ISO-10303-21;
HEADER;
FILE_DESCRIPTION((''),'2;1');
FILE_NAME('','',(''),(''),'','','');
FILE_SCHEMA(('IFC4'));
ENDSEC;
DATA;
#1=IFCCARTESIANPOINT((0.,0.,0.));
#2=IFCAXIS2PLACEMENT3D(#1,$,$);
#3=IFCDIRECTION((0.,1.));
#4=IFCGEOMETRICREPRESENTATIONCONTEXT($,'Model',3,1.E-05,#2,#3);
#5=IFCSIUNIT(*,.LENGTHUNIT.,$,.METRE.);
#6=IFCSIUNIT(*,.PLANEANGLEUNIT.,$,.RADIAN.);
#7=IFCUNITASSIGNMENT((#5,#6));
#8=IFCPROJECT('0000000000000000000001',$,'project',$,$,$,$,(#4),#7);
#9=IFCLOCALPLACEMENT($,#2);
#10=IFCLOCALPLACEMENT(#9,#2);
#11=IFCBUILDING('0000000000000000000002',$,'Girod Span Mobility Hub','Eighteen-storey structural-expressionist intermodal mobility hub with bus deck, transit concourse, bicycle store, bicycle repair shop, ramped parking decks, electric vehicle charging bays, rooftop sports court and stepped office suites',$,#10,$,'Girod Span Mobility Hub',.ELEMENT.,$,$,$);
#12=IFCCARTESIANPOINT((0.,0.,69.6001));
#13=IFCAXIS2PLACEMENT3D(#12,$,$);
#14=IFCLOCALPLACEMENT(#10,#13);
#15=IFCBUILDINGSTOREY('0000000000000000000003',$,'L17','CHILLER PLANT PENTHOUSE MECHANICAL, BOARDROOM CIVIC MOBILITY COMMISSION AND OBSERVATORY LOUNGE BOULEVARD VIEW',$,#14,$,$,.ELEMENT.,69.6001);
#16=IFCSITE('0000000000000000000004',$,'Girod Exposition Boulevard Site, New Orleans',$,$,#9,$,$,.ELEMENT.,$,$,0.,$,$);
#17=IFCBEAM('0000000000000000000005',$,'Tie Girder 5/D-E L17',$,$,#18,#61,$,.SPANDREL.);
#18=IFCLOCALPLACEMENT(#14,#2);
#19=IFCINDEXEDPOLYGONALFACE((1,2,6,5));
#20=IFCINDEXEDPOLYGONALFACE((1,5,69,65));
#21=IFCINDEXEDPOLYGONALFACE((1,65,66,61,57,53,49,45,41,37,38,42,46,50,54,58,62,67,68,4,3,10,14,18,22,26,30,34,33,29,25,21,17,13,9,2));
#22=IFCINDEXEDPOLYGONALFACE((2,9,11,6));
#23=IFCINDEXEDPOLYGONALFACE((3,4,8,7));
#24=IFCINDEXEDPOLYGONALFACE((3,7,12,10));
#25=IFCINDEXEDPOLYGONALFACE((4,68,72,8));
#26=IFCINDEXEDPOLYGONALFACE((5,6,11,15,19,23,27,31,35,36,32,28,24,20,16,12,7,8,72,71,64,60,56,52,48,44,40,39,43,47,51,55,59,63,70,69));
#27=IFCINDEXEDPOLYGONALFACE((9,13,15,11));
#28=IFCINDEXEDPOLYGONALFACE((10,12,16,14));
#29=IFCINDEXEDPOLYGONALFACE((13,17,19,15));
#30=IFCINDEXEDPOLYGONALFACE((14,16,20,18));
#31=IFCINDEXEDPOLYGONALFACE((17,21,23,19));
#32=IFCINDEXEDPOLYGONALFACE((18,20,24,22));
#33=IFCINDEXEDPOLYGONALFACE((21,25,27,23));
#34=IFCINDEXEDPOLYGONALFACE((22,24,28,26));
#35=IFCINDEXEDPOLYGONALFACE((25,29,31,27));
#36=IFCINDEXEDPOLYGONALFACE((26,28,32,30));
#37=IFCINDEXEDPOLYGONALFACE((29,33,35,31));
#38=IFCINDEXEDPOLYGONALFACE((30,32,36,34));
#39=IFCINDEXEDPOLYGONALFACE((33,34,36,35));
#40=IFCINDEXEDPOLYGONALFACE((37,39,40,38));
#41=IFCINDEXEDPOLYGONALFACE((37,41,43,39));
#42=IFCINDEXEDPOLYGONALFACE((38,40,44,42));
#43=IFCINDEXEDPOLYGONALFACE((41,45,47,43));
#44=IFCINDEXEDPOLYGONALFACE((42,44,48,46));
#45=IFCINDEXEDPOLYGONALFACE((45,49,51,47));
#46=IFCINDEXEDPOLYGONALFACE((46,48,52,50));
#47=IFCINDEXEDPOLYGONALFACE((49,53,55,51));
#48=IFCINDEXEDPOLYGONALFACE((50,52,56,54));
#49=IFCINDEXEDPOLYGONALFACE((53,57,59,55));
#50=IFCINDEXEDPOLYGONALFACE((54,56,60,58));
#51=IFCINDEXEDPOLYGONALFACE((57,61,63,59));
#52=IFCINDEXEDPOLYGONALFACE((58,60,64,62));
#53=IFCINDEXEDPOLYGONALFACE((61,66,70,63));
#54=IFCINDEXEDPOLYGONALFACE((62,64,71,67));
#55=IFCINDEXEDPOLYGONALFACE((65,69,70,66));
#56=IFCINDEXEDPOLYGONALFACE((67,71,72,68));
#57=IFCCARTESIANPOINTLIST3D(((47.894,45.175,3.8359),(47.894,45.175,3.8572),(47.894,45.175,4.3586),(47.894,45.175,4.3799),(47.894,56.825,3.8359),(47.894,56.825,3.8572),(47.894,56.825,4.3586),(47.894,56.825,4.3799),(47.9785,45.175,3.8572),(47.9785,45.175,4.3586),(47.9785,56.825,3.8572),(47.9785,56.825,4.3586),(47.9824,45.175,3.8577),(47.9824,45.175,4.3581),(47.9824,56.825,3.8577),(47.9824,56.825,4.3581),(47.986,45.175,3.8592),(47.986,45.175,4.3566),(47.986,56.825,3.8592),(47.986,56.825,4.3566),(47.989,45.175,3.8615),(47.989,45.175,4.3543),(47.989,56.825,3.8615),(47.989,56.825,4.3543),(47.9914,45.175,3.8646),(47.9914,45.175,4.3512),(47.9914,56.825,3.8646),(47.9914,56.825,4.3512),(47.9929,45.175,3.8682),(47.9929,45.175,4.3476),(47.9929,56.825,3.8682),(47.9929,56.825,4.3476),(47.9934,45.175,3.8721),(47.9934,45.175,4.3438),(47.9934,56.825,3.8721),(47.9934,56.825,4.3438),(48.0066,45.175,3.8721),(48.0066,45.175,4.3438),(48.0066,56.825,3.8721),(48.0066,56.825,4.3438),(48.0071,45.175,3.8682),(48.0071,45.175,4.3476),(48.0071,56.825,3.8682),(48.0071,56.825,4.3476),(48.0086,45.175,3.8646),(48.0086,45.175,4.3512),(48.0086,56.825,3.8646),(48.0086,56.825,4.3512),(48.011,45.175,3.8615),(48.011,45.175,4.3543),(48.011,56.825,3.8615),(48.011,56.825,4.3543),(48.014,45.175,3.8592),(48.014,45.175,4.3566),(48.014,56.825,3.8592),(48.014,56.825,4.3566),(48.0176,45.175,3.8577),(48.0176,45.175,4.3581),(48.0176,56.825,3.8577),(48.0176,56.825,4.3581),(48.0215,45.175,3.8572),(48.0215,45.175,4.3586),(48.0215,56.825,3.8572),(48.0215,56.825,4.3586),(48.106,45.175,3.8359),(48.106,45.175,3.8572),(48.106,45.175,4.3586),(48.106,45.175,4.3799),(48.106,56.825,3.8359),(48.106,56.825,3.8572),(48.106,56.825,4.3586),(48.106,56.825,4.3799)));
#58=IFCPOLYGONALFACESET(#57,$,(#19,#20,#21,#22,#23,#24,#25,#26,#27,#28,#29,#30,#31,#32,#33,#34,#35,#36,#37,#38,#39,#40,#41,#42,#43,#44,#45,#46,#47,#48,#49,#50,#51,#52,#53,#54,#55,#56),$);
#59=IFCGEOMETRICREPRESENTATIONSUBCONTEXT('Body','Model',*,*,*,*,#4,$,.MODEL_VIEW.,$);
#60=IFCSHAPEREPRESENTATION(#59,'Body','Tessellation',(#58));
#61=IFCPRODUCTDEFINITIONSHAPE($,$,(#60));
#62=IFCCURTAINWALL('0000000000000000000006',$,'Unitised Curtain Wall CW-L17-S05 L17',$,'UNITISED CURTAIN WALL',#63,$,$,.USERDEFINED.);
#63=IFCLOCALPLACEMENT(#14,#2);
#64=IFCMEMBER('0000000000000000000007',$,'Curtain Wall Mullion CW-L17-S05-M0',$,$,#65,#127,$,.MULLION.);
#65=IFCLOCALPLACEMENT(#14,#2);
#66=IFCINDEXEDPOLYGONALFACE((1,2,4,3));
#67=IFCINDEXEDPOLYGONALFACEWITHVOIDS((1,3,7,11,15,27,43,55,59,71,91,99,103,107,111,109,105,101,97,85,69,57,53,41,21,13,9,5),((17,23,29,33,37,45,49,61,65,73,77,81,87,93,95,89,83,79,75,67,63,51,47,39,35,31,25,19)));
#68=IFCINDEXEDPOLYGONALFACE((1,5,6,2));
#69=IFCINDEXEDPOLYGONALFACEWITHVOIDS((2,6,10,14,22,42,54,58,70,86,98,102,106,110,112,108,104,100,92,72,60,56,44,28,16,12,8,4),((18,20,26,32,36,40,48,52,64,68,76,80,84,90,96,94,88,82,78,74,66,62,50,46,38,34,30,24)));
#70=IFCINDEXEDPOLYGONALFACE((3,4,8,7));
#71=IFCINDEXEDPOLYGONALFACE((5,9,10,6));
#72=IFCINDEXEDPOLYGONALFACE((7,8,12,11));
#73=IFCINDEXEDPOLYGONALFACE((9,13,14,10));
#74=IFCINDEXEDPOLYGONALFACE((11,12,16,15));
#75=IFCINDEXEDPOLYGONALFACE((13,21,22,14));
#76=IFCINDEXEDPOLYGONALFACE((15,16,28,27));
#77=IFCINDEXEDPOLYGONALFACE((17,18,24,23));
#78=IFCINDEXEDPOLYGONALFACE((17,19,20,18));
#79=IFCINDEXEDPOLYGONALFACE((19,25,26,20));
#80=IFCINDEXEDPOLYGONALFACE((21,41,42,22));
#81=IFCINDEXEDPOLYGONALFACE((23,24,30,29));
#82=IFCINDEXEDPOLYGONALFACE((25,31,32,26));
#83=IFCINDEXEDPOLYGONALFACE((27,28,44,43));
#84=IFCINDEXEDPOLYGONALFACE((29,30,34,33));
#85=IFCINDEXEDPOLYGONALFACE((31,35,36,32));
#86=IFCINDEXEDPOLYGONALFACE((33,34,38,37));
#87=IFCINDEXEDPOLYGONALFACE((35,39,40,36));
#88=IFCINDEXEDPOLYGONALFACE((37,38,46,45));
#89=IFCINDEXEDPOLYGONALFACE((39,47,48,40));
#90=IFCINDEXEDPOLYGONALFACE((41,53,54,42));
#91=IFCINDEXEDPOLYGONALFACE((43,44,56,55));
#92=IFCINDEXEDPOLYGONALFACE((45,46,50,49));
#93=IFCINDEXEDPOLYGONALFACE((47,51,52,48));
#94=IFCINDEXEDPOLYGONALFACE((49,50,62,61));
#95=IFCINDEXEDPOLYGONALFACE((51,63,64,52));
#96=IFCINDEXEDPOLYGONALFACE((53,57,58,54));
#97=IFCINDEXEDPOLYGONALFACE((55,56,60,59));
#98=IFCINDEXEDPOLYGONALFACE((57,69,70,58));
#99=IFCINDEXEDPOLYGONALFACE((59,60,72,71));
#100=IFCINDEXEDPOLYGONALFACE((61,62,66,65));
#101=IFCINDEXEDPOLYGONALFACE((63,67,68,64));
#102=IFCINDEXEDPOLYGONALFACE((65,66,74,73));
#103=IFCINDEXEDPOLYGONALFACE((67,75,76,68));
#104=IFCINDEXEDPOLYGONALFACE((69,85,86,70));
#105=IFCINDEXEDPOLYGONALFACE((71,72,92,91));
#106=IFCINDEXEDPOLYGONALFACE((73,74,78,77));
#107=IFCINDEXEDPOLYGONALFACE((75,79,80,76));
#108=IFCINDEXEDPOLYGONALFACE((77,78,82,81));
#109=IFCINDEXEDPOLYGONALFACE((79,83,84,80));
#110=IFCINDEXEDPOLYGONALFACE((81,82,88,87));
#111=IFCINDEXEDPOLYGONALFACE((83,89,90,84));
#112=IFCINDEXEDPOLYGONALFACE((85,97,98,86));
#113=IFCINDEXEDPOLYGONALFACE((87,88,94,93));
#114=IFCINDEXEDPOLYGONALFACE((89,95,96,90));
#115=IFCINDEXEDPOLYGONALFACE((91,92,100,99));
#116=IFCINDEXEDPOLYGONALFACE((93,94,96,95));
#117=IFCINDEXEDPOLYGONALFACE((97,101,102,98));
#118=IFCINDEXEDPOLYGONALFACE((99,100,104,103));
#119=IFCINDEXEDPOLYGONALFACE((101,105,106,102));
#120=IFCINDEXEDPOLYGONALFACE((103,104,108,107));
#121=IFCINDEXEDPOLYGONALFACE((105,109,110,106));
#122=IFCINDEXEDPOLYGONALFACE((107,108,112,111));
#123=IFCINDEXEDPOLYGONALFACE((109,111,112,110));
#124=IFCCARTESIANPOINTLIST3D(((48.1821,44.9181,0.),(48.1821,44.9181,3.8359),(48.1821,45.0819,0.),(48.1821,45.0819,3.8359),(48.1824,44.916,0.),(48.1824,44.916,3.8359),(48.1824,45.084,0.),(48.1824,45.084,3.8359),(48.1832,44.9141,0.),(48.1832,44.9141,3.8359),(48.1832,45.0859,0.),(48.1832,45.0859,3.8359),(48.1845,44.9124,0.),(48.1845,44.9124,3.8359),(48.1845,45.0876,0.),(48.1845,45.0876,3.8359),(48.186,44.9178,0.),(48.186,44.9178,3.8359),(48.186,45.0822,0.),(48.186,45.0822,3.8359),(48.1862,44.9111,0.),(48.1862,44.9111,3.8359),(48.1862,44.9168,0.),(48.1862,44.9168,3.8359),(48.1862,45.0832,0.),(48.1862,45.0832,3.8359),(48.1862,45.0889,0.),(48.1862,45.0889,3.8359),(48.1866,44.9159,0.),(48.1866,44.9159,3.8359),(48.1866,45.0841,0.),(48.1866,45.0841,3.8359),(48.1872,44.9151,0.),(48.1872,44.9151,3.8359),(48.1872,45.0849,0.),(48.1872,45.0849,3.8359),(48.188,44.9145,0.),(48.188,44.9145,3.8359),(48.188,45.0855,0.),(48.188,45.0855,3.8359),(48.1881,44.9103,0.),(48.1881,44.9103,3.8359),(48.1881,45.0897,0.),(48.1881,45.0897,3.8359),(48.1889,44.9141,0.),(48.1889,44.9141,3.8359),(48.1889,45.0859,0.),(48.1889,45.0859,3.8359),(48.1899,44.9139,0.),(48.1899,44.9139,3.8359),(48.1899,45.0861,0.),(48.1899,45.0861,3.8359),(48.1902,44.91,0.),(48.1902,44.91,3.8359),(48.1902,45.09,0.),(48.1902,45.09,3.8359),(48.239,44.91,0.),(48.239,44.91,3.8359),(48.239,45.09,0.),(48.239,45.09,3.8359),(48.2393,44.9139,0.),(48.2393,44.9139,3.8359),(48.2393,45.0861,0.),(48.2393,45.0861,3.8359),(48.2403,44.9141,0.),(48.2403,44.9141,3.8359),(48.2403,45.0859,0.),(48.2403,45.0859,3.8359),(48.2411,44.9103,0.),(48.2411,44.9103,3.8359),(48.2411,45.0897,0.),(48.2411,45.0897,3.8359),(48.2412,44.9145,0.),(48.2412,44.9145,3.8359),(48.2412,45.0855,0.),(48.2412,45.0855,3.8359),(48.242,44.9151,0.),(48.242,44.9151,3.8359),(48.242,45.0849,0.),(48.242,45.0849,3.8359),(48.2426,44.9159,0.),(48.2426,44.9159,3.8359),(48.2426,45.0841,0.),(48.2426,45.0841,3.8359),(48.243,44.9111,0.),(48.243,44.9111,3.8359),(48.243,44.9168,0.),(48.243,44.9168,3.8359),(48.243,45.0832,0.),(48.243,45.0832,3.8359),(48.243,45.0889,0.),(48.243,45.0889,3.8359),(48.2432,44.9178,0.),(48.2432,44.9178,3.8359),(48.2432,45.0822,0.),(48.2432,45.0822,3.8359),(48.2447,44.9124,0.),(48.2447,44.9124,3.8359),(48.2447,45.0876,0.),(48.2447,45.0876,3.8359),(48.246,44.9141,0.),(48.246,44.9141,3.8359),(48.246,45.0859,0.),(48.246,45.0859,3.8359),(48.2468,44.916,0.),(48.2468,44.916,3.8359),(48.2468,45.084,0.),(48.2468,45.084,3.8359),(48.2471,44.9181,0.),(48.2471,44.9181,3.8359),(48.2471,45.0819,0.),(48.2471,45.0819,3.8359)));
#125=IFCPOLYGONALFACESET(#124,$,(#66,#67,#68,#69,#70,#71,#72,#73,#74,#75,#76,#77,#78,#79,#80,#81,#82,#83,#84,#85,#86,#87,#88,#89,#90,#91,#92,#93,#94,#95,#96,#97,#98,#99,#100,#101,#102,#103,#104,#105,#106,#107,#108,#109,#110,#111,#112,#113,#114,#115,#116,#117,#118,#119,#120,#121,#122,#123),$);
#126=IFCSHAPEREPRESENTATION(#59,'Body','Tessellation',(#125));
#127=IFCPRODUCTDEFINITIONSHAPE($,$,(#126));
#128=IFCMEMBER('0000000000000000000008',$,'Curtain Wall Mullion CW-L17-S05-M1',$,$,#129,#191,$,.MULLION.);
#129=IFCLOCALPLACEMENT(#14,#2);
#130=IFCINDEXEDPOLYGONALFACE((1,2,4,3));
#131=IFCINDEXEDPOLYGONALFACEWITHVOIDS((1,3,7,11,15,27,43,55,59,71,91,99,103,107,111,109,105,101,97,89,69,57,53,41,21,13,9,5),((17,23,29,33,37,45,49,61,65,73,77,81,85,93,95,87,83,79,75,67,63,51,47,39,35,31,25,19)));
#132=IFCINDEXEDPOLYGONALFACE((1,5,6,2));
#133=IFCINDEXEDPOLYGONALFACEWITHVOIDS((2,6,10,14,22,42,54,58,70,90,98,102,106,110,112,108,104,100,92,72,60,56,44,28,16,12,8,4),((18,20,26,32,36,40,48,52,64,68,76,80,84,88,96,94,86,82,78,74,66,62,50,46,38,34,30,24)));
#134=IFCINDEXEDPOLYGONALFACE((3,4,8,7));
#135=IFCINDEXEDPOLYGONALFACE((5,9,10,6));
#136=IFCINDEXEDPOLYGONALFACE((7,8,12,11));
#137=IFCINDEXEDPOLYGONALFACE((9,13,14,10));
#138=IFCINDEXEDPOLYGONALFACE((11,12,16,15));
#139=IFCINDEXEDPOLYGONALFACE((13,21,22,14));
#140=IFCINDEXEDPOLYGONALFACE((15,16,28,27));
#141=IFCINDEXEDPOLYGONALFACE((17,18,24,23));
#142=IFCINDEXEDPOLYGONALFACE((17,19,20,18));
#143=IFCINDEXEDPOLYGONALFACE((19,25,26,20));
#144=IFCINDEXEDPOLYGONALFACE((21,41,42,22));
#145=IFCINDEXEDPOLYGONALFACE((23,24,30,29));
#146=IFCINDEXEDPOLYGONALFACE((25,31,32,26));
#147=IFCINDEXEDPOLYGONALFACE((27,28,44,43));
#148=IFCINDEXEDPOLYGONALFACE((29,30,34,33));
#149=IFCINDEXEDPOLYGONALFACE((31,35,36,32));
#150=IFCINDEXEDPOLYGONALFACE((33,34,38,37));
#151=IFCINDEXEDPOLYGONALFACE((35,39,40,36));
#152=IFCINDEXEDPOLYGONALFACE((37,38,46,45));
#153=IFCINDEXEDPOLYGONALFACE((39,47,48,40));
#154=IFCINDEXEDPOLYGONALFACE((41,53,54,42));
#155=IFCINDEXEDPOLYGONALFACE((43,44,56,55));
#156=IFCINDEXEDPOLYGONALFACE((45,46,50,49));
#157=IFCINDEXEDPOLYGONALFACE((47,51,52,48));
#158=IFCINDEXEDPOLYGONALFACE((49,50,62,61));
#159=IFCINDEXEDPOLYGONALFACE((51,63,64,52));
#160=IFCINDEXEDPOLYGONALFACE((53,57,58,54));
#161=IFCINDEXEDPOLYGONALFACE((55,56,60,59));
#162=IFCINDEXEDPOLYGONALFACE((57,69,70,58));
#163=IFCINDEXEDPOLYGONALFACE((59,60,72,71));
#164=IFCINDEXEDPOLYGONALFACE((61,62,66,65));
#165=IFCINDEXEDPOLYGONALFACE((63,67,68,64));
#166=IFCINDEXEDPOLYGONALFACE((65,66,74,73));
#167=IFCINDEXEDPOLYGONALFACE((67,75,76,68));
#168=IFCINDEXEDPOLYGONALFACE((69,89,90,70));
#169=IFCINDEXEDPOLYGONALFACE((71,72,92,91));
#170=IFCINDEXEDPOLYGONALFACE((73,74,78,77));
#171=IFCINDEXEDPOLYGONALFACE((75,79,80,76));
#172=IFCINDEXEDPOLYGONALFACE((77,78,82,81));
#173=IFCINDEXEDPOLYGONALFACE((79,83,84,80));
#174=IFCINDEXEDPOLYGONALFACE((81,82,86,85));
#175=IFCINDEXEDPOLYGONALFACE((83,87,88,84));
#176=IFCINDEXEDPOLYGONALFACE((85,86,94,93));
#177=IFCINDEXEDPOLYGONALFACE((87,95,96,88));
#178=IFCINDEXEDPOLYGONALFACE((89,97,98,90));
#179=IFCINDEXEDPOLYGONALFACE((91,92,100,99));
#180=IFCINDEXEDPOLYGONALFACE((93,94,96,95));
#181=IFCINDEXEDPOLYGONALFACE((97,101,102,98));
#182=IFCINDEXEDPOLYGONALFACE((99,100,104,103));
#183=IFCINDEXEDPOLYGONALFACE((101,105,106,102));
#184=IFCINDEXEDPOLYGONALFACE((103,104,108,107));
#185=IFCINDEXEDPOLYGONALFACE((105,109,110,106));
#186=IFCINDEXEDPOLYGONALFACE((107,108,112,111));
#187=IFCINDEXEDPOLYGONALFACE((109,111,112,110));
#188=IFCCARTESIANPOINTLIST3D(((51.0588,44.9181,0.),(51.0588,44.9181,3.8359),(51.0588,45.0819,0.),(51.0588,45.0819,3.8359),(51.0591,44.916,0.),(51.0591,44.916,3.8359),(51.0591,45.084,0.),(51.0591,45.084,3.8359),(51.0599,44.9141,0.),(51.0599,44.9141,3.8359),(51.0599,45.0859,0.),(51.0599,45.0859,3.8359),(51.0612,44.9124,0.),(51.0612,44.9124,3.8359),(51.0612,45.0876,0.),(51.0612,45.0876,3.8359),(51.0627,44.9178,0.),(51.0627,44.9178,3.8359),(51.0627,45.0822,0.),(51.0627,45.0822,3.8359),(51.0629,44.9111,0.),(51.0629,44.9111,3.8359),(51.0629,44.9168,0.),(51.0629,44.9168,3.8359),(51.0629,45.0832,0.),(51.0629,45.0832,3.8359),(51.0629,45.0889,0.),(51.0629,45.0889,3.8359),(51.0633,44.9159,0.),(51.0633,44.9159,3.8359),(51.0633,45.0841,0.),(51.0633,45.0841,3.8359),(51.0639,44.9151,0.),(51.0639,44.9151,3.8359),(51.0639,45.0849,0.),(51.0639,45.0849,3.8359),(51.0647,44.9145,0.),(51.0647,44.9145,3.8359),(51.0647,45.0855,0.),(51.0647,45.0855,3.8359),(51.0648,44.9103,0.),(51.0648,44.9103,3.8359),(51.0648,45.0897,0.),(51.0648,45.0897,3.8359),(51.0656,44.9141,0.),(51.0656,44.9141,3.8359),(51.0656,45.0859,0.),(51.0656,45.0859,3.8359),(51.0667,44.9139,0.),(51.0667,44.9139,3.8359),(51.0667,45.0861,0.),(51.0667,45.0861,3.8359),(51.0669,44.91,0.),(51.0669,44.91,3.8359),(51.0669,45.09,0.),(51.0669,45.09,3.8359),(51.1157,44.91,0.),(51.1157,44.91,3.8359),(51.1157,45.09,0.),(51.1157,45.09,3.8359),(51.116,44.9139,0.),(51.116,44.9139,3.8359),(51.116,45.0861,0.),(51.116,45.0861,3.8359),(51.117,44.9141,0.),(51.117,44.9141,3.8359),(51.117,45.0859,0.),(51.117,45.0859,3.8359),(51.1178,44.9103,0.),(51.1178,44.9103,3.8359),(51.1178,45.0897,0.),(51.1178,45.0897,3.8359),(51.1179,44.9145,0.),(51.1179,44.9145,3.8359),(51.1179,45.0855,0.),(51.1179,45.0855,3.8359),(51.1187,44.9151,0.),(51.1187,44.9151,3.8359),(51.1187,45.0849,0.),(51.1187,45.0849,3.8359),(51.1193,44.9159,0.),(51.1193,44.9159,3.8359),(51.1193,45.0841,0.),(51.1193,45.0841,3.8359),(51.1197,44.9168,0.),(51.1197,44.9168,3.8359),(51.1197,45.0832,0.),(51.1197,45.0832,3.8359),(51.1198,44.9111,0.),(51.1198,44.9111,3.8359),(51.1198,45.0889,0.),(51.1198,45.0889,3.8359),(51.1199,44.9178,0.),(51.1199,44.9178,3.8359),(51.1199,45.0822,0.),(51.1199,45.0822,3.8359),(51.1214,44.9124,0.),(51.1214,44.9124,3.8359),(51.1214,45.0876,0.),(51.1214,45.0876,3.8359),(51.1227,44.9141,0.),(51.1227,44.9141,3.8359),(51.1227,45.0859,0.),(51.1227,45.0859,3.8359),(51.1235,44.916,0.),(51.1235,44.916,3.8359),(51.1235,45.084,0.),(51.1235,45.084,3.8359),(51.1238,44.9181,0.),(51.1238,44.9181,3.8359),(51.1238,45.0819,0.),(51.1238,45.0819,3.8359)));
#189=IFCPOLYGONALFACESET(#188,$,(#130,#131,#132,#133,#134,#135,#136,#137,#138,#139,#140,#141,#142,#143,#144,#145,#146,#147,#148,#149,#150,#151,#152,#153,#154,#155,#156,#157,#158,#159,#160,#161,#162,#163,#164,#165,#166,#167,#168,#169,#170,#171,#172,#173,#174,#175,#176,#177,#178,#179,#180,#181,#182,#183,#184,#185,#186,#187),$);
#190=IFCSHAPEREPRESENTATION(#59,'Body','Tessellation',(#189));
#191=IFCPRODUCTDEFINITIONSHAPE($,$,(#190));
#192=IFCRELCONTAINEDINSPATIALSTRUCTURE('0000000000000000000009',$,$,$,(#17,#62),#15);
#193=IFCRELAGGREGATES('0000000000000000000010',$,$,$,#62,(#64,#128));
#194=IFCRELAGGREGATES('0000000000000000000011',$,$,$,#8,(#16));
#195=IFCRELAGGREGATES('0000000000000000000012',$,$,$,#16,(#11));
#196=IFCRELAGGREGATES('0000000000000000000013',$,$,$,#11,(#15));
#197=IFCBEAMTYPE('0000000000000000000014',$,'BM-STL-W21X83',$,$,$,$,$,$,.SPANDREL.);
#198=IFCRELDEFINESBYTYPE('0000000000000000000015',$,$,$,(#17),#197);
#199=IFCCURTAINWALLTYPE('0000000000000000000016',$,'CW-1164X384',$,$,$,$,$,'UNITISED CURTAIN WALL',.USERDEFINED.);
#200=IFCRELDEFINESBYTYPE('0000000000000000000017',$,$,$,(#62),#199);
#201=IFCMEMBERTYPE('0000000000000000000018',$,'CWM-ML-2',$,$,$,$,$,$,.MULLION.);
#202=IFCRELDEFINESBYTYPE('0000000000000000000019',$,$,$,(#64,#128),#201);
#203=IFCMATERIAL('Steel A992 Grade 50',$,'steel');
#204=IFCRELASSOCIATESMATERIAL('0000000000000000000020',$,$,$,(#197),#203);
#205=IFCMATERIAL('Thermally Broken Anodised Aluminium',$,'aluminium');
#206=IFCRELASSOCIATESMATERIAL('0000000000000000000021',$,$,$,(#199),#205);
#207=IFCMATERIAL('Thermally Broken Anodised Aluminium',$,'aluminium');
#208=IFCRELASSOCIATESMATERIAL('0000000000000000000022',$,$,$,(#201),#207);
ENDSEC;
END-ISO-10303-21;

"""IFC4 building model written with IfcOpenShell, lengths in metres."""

from ifc_helpers import new_model, si_unit, direction, frame, origin, origin_2d, place, context, subcontext, project, spatial, hollow_rectangle, i_section, extrude, material, material_profile, profile_set, type_object, element, aggregate, save


model = new_model("IFC4")

# Units and contexts
model_context = context("Model", 3, precision=1e-05, world=origin(), true_north=direction((0.0, 1.0)))
body_context = subcontext(model_context, "Body", "Model", "MODEL_VIEW")
ifc_project = project(units=[si_unit("LENGTHUNIT", "METRE"), si_unit("PLANEANGLEUNIT", "RADIAN")], contexts=[model_context])

# Site, building, storey
site_placement = place(None, origin())
site = spatial("IfcSite", under=ifc_project, at=site_placement, Name="Girod Exposition Boulevard Site, New Orleans", CompositionType="ELEMENT", RefElevation=0.0)
building_placement = place(site_placement, origin())
building = spatial("IfcBuilding", under=site, at=building_placement, Name="Girod Span Mobility Hub", Description="Eighteen-storey structural-expressionist intermodal mobility hub with bus deck, transit concourse, bicycle store, bicycle repair shop, ramped parking decks, electric vehicle charging bays, rooftop sports court and stepped office suites", LongName="Girod Span Mobility Hub", CompositionType="ELEMENT")
storey_placement = place(building_placement, frame((0.0, 0.0, 69.6001)))
storey = spatial("IfcBuildingStorey", under=building, at=storey_placement, Name="L17", Description="CHILLER PLANT PENTHOUSE MECHANICAL, BOARDROOM CIVIC MOBILITY COMMISSION AND OBSERVATORY LOUNGE BOULEVARD VIEW", CompositionType="ELEMENT", Elevation=69.6001)

# Beam
ifc_material_1 = material(Name="Steel A992 Grade 50", Category="steel")
ifc_material_profile_1 = material_profile(ifc_material_1, i_section(OverallWidth=0.2119, OverallDepth=0.5439, WebThickness=0.0132, FlangeThickness=0.0212, FilletRadius=0.0149, at=origin_2d()), Name="W21X83")
ifc_profile_set_1 = profile_set([ifc_material_profile_1], Name="Steel A992 Grade 50")
beam_type_1 = type_object("IfcBeamType", Name="BM-STL-W21X83", PredefinedType="SPANDREL", material=ifc_profile_set_1)
beam_1_placement = place(storey_placement, frame((48.0, 45.175, 4.1079), z_axis=(0.0, 1.0, 0.0), x_axis=(-1.0, 0.0, 0.0)))
element("IfcBeam", 1, at=beam_1_placement, inside=storey, type_object=beam_type_1, Name="Tie Girder 5/D-E L17", PredefinedType="SPANDREL", context=body_context, shape_type="SweptSolid", body=[
    extrude(i_section(OverallWidth=0.2119, OverallDepth=0.5439, WebThickness=0.0132, FlangeThickness=0.0212, FilletRadius=0.0149, at=origin_2d()), origin(), (0.0, 0.0, 1.0), 11.6499),
])

# Curtain wall, members
ifc_material_2 = material(Name="Thermally Broken Anodised Aluminium", Category="aluminium")
curtain_wall_type = type_object("IfcCurtainWallType", Name="CW-1164X384", ElementType="UNITISED CURTAIN WALL", PredefinedType="USERDEFINED", material=ifc_material_2)
curtain_wall_1_placement = place(storey_placement, origin())
curtain_wall_1 = element("IfcCurtainWall", 2, at=curtain_wall_1_placement, inside=storey, type_object=curtain_wall_type, Name="Unitised Curtain Wall CW-L17-S05 L17", ObjectType="UNITISED CURTAIN WALL", PredefinedType="USERDEFINED")
ifc_material_3 = material(Name="Thermally Broken Anodised Aluminium", Category="aluminium")
ifc_material_profile_2 = material_profile(ifc_material_3, hollow_rectangle(XDim=0.1799, YDim=0.0649, WallThickness=0.0039, InnerFilletRadius=0.0039, OuterFilletRadius=0.0081, at=origin_2d()), Name="CW-ML-65X180")
ifc_profile_set_2 = profile_set([ifc_material_profile_2], Name="Thermally Broken Anodised Aluminium")
member_type_1 = type_object("IfcMemberType", Name="CWM-ML-2", PredefinedType="MULLION", material=ifc_profile_set_2)
member_1_placement = place(storey_placement, frame((48.2146, 45.0, 0.0), z_axis=(0.0, 0.0, 1.0), x_axis=(0.0, 1.0, 0.0)))
member_1 = element("IfcMember", 3, at=member_1_placement, type_object=member_type_1, Name="Curtain Wall Mullion CW-L17-S05-M0", PredefinedType="MULLION", context=body_context, shape_type="SweptSolid", body=[
    extrude(hollow_rectangle(XDim=0.1799, YDim=0.0649, WallThickness=0.0039, InnerFilletRadius=0.0039, OuterFilletRadius=0.0081, at=origin_2d()), origin(), (0.0, 0.0, 1.0), 3.8359),
])
member_2_placement = place(storey_placement, frame((51.0913, 45.0, 0.0), z_axis=(0.0, 0.0, 1.0), x_axis=(0.0, 1.0, 0.0)))
member_2 = element("IfcMember", 4, at=member_2_placement, type_object=member_type_1, Name="Curtain Wall Mullion CW-L17-S05-M1", PredefinedType="MULLION", context=body_context, shape_type="SweptSolid", body=[
    extrude(hollow_rectangle(XDim=0.1799, YDim=0.0649, WallThickness=0.0039, InnerFilletRadius=0.0039, OuterFilletRadius=0.0081, at=origin_2d()), origin(), (0.0, 0.0, 1.0), 3.8359),
])

aggregate(curtain_wall_1, [member_1, member_2])

save(model, "model.ifc")
